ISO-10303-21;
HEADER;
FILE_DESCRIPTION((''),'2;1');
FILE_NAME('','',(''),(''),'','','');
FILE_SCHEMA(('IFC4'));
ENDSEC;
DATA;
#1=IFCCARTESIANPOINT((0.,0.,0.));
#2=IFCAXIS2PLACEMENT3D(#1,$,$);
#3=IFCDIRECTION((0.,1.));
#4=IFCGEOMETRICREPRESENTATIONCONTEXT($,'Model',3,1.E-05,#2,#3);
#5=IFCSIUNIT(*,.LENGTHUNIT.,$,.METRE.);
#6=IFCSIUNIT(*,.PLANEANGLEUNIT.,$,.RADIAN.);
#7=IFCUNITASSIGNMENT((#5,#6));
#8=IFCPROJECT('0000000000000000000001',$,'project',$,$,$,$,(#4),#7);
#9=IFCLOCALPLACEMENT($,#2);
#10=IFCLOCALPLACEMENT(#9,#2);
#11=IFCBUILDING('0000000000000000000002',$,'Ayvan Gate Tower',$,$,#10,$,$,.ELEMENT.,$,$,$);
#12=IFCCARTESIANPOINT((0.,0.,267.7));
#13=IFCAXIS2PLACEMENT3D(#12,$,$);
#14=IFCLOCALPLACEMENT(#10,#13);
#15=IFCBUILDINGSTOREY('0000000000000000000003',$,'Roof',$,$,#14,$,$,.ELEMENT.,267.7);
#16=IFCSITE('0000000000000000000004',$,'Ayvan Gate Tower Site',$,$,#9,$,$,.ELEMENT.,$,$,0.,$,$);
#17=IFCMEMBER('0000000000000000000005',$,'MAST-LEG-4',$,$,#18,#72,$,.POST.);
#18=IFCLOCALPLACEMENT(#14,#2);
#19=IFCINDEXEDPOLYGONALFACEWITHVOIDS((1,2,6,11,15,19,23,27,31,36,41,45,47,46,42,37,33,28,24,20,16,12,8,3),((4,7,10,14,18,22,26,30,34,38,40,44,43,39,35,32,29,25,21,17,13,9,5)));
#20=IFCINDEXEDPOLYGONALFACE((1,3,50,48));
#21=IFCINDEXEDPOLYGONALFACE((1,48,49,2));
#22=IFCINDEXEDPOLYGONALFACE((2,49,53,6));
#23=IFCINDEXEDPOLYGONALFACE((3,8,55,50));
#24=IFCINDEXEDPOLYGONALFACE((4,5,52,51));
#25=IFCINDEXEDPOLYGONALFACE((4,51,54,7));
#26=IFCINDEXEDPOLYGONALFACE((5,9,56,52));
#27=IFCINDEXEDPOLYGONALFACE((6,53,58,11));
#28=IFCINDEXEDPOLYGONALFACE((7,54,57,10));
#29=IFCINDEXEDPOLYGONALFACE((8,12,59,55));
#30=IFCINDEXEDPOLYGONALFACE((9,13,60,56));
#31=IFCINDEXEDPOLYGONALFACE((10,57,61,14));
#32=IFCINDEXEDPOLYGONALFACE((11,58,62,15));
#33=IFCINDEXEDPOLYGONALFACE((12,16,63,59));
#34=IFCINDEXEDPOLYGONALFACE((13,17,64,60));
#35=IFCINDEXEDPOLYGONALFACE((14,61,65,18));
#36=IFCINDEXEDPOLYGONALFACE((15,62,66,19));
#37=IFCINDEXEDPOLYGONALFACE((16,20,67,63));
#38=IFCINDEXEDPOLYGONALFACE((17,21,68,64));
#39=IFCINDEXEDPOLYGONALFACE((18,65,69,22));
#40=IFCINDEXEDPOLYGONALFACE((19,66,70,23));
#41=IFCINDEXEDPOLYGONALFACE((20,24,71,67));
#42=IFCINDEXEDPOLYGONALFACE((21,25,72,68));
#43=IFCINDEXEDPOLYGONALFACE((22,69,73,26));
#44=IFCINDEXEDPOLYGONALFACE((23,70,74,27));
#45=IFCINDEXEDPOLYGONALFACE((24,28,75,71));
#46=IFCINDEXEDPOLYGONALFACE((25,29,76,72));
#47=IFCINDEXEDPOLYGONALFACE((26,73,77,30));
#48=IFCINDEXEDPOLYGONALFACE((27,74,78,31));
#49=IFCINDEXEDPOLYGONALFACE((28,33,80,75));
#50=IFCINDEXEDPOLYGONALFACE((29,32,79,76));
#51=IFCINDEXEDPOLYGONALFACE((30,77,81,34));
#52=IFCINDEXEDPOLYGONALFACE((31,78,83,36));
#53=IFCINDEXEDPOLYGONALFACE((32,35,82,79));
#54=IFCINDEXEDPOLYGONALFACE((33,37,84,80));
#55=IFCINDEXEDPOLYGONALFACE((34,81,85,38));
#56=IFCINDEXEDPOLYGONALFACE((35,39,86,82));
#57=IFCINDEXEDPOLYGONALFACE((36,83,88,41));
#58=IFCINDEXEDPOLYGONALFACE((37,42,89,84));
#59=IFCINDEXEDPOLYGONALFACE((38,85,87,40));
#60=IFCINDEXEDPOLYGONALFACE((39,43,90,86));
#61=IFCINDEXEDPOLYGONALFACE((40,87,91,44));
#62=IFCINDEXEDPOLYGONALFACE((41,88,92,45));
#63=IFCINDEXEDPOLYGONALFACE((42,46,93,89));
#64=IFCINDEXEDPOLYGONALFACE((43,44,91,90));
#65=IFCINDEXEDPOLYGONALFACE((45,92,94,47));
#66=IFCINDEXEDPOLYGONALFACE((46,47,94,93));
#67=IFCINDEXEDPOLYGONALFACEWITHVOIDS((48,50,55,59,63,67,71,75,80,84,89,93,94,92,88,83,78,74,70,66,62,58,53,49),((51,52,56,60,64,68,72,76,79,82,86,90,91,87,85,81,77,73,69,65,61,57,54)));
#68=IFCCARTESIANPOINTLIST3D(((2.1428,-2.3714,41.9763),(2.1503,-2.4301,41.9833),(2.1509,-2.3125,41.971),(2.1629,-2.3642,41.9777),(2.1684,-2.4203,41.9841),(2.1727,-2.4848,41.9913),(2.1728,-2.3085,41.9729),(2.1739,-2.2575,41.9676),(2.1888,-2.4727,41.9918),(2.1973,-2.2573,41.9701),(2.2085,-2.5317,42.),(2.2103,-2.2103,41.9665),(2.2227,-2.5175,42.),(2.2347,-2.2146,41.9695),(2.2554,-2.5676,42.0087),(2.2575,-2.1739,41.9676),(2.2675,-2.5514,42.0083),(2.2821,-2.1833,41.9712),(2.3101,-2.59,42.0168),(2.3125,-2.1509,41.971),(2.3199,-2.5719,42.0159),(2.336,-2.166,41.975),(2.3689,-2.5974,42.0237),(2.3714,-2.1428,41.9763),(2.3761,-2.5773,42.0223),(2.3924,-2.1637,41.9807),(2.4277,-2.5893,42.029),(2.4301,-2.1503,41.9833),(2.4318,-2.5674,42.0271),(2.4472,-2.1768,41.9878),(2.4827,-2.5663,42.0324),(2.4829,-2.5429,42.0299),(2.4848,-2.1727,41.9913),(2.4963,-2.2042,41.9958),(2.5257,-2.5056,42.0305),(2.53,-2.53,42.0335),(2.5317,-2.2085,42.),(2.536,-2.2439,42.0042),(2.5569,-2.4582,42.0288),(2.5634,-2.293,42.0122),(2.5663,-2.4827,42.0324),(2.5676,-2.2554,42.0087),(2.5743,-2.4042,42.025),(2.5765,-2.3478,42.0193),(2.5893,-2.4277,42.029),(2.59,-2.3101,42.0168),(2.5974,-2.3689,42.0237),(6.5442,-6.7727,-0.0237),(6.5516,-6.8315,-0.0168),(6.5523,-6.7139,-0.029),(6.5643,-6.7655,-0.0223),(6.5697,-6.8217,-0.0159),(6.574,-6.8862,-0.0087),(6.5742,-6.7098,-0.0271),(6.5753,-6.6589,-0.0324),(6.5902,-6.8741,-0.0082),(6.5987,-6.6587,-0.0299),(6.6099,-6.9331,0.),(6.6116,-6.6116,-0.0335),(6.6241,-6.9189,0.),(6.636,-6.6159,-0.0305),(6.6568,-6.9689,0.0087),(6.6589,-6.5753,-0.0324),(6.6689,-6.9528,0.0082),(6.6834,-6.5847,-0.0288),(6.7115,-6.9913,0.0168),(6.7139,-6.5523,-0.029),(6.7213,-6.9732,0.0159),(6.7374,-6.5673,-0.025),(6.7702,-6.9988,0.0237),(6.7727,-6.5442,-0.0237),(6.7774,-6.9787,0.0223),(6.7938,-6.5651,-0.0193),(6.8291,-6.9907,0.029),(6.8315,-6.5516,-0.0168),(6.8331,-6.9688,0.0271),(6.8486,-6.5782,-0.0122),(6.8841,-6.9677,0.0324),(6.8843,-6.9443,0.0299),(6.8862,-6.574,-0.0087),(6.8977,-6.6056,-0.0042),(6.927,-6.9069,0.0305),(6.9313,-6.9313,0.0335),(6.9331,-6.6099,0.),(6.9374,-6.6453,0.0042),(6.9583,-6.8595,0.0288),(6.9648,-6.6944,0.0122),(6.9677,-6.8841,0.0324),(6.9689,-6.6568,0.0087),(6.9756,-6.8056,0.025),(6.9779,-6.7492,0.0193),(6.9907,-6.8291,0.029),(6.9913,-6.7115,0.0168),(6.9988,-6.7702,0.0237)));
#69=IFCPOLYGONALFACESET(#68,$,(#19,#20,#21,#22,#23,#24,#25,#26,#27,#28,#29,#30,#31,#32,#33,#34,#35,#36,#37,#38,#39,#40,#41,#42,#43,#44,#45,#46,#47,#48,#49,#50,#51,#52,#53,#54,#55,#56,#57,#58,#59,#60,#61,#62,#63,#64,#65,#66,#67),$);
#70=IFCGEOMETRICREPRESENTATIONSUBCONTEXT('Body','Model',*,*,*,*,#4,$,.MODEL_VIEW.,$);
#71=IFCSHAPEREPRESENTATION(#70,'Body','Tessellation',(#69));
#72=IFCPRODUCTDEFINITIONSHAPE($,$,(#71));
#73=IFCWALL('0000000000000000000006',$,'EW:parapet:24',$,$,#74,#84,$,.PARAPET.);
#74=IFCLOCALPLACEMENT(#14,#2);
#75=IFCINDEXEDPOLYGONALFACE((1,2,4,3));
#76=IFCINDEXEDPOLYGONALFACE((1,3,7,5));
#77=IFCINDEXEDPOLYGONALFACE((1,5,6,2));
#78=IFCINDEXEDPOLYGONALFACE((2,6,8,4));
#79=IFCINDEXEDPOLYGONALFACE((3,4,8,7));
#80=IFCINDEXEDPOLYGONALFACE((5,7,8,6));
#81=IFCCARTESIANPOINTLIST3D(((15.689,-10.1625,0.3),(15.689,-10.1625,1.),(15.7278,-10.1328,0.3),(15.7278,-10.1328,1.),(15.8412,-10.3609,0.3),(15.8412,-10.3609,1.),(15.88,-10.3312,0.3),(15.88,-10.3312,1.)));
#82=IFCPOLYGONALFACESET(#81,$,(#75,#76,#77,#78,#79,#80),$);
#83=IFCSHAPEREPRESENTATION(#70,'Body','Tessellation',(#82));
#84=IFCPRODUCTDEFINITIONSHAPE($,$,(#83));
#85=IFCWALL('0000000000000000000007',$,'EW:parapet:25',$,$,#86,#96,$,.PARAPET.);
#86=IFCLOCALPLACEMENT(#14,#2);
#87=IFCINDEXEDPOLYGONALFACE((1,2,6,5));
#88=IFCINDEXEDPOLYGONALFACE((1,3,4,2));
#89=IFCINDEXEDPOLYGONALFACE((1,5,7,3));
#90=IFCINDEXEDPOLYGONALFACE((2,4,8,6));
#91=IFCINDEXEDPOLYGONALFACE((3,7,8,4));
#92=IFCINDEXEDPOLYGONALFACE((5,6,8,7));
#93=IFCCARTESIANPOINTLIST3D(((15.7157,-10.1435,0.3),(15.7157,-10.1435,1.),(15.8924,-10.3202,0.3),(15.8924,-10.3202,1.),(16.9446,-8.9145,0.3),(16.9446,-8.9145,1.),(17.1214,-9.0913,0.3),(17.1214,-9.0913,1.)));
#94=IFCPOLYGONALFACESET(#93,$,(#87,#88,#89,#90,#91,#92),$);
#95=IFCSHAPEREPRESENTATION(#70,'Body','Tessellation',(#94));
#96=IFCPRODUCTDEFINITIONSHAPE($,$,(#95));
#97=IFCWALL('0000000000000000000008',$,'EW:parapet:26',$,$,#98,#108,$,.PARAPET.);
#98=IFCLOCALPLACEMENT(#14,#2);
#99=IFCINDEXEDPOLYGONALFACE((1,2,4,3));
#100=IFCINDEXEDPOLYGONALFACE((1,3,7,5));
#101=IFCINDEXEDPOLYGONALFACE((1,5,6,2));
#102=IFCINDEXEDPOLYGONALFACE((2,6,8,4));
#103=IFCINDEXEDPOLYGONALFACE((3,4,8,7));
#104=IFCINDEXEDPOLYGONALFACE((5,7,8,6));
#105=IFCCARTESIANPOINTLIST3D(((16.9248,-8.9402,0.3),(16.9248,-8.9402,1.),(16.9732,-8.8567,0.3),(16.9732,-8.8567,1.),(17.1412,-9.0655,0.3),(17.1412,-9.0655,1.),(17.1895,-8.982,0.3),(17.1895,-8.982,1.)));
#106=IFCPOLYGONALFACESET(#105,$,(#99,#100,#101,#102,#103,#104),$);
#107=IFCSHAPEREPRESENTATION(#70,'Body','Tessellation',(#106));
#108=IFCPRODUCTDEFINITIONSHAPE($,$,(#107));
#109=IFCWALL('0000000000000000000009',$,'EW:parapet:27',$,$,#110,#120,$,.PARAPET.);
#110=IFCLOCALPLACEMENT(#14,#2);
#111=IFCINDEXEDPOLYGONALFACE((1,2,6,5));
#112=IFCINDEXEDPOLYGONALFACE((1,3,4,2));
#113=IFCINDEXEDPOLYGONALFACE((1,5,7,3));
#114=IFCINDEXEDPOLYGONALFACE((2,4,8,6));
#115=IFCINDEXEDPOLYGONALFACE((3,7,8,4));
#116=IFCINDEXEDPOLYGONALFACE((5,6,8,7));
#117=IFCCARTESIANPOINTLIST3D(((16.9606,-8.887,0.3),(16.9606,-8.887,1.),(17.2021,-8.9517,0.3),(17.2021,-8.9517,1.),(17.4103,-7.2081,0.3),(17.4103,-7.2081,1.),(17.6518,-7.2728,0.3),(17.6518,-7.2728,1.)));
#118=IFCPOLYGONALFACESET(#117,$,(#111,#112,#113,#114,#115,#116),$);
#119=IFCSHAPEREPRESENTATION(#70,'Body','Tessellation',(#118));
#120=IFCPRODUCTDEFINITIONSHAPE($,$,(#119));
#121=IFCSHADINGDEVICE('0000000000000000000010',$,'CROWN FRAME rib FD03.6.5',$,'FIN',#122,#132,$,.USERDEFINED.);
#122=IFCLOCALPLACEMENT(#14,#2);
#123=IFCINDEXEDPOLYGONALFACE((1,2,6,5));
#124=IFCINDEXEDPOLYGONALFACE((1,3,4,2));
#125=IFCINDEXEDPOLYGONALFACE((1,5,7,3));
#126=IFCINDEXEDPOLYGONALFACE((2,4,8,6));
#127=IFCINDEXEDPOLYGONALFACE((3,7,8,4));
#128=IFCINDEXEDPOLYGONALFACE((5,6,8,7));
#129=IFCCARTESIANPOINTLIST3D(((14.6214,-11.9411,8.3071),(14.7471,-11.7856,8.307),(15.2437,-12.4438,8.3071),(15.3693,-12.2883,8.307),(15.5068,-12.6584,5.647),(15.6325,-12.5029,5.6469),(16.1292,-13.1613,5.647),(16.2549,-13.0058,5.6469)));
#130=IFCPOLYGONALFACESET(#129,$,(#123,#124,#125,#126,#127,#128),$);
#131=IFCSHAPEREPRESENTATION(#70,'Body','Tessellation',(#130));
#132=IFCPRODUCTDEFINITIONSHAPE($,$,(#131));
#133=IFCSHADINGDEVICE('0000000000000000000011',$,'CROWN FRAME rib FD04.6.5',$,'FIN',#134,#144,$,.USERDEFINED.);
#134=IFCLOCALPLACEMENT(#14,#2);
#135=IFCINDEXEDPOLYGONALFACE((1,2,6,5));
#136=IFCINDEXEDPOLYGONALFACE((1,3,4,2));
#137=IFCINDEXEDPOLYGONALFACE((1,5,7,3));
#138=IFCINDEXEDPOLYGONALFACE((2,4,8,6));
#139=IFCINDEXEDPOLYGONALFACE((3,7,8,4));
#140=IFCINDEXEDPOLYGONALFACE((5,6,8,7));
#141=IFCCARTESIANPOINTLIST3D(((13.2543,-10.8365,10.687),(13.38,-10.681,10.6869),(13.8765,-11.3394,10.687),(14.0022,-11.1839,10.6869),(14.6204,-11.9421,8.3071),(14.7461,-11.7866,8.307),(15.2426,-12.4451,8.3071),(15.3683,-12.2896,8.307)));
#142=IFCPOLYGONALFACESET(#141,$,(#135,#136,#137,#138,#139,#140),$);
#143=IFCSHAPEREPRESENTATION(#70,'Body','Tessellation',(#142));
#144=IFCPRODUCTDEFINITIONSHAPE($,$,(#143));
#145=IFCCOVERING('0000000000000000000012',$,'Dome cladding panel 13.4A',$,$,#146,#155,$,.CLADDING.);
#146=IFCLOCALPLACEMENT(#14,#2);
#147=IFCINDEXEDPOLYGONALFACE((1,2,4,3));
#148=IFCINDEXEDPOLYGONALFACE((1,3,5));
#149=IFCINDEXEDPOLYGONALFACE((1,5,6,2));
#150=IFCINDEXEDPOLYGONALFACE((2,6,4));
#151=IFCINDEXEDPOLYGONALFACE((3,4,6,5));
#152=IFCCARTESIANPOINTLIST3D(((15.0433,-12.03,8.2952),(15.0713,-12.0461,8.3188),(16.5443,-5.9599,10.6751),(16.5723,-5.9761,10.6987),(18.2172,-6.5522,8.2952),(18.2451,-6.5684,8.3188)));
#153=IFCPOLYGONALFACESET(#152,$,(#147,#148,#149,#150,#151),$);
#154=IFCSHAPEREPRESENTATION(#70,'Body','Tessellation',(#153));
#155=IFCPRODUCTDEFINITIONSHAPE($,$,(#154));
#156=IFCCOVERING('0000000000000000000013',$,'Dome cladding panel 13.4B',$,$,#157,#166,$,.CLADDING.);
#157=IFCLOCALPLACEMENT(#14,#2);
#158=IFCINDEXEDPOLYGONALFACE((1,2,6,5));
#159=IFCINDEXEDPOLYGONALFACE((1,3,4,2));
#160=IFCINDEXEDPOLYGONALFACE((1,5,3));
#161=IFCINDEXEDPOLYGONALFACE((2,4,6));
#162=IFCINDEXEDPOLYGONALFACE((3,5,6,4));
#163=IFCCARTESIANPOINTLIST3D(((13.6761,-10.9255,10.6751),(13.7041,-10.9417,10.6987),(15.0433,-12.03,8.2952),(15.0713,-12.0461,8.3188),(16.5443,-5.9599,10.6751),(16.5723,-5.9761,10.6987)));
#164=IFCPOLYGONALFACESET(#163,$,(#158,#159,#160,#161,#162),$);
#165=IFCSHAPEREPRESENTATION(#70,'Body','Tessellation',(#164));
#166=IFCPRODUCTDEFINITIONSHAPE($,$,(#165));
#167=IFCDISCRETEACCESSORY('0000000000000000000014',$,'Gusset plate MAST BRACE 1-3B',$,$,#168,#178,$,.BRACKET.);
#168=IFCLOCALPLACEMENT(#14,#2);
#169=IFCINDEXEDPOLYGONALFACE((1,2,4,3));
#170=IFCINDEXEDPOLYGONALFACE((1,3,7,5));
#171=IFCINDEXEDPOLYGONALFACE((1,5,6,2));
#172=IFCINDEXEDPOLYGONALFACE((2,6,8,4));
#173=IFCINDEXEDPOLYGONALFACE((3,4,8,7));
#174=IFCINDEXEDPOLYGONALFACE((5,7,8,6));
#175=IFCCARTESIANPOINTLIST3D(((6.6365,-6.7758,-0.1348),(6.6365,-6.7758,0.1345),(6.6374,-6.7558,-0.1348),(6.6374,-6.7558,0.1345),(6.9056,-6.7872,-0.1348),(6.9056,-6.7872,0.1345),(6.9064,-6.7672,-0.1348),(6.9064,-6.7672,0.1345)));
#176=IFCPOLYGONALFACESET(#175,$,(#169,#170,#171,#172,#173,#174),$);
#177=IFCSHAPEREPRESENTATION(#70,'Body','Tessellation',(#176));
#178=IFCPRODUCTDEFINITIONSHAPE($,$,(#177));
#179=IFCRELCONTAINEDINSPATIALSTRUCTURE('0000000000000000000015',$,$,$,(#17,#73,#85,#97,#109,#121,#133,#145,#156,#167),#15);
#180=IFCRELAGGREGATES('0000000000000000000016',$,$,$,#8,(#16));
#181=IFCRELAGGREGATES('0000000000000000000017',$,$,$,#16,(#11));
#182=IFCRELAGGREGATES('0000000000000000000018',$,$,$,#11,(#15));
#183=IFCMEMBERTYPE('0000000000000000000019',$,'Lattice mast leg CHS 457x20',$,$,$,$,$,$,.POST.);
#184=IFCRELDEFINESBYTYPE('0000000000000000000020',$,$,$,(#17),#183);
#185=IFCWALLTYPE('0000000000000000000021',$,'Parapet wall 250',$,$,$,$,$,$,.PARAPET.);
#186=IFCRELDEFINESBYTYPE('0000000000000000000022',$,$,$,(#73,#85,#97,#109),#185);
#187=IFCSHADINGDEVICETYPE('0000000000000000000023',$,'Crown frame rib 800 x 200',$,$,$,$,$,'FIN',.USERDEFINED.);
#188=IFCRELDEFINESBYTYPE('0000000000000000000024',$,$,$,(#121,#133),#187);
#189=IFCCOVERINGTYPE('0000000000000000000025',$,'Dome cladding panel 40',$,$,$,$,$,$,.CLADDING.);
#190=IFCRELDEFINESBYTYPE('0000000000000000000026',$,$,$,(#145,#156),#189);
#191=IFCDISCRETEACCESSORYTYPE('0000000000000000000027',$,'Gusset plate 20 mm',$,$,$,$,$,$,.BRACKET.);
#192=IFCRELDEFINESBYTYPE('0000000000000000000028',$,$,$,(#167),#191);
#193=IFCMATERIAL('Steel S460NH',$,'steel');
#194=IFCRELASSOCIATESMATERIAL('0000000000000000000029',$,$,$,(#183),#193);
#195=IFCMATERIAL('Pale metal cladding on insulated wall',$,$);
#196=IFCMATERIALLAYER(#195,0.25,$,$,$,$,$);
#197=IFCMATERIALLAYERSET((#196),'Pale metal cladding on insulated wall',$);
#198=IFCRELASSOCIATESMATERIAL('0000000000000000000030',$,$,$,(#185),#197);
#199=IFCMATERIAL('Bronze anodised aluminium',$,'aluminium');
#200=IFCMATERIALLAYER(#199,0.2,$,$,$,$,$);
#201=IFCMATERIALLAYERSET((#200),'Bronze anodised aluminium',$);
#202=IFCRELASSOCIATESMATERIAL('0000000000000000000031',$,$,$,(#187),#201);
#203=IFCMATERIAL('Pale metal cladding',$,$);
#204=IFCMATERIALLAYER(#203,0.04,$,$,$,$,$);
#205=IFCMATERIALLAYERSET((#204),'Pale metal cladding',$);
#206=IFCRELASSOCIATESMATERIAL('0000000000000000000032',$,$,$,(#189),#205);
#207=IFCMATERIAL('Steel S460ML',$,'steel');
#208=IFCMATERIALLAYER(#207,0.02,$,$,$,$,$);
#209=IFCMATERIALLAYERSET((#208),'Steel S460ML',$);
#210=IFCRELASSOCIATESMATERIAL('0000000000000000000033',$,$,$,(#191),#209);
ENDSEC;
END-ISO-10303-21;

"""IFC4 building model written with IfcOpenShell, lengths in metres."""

from ifc_helpers import new_model, si_unit, direction, frame, frame_2d, origin, origin_2d, place, context, subcontext, project, spatial, polyline, rectangle, hollow_circle, outline, extrude, material, layer, layer_set, material_profile, profile_set, type_object, element, save


model = new_model("IFC4")

# Units and contexts
model_context = context("Model", 3, precision=1e-05, world=origin(), true_north=direction((0.0, 1.0)))
body_context = subcontext(model_context, "Body", "Model", "MODEL_VIEW")
ifc_project = project(units=[si_unit("LENGTHUNIT", "METRE"), si_unit("PLANEANGLEUNIT", "RADIAN")], contexts=[model_context])

# Site, building, storey
site_placement = place(None, origin())
site = spatial("IfcSite", under=ifc_project, at=site_placement, Name="Ayvan Gate Tower Site", CompositionType="ELEMENT", RefElevation=0.0)
building_placement = place(site_placement, origin())
building = spatial("IfcBuilding", under=site, at=building_placement, Name="Ayvan Gate Tower", CompositionType="ELEMENT")
storey_placement = place(building_placement, frame((0.0, 0.0, 267.7)))
storey = spatial("IfcBuildingStorey", under=building, at=storey_placement, Name="Roof", CompositionType="ELEMENT", Elevation=267.7)

# Member
ifc_material_1 = material(Name="Steel S460NH", Category="steel")
ifc_material_profile_1 = material_profile(ifc_material_1, hollow_circle(Radius=0.2285, WallThickness=0.02, at=origin_2d()), Name="CHS 457x20")
ifc_profile_set_1 = profile_set([ifc_material_profile_1], Name="Steel S460NH")
member_type_1 = type_object("IfcMemberType", Name="Lattice mast leg CHS 457x20", PredefinedType="POST", material=ifc_profile_set_1)
member_1_placement = place(storey_placement, frame((6.7715, -6.7715, 0.0), z_axis=(-0.103662, 0.103662, 0.989196), x_axis=(-0.707107, -0.707107, 0.0)))
element("IfcMember", 1, at=member_1_placement, inside=storey, type_object=member_type_1, Name="MAST-LEG-4", PredefinedType="POST", context=body_context, shape_type="SweptSolid", body=[
    extrude(hollow_circle(Radius=0.2285, WallThickness=0.02, at=origin_2d()), origin(), (0.0, 0.0, 1.0), 42.4587),
])

# Walls
ifc_material_2 = material(Name="Pale metal cladding on insulated wall")
ifc_layer_1 = layer(ifc_material_2, 0.25)
ifc_layer_set_1 = layer_set([ifc_layer_1], Name="Pale metal cladding on insulated wall")
wall_type = type_object("IfcWallType", Name="Parapet wall 250", PredefinedType="PARAPET", material=ifc_layer_set_1)
wall_1_placement = place(storey_placement, frame((15.7651, -10.2617, 0.3), z_axis=(0.0, 0.0, 1.0), x_axis=(0.793365, 0.608746, 0.0)))
element("IfcWall", 2, at=wall_1_placement, inside=storey, type_object=wall_type, Name="EW:parapet:24", PredefinedType="PARAPET", context=body_context, shape_type="SweptSolid", body=[
    extrude(rectangle(XDim=0.0488, YDim=0.25, at=frame_2d((0.0244, 0.0))), origin(), (0.0, 0.0, 1.0), 0.7),
])
wall_2_placement = place(storey_placement, frame((15.804, -10.2319, 0.3), z_axis=(0.0, 0.0, 1.0), x_axis=(0.707107, 0.707107, 0.0)))
element("IfcWall", 3, at=wall_2_placement, inside=storey, type_object=wall_type, Name="EW:parapet:25", PredefinedType="PARAPET", context=body_context, shape_type="SweptSolid", body=[
    extrude(rectangle(XDim=1.738, YDim=0.25, at=frame_2d((0.8691, 0.0))), origin(), (0.0, 0.0, 1.0), 0.7),
])
wall_3_placement = place(storey_placement, frame((17.033, -9.0029, 0.3), z_axis=(0.0, 0.0, 1.0), x_axis=(0.501036, 0.865426, 0.0)))
element("IfcWall", 4, at=wall_3_placement, inside=storey, type_object=wall_type, Name="EW:parapet:26", PredefinedType="PARAPET", context=body_context, shape_type="SweptSolid", body=[
    extrude(rectangle(XDim=0.0964, YDim=0.25, at=frame_2d((0.0483, 0.0))), origin(), (0.0, 0.0, 1.0), 0.7),
])
wall_4_placement = place(storey_placement, frame((17.0813, -8.9194, 0.3), z_axis=(0.0, 0.0, 1.0), x_axis=(0.258729, 0.96595, 0.0)))
element("IfcWall", 5, at=wall_4_placement, inside=storey, type_object=wall_type, Name="EW:parapet:27", PredefinedType="PARAPET", context=body_context, shape_type="SweptSolid", body=[
    extrude(rectangle(XDim=1.738, YDim=0.25, at=frame_2d((0.8691, 0.0))), origin(), (0.0, 0.0, 1.0), 0.7),
])

# Shading devices
ifc_material_3 = material(Name="Bronze anodised aluminium", Category="aluminium")
ifc_layer_2 = layer(ifc_material_3, 0.2)
ifc_layer_set_2 = layer_set([ifc_layer_2], Name="Bronze anodised aluminium")
shading_device_type = type_object("IfcShadingDeviceType", Name="Crown frame rib 800 x 200", ElementType="FIN", PredefinedType="USERDEFINED", material=ifc_layer_set_2)
shading_device_1_placement = place(storey_placement, frame((15.5068, -12.6584, 5.647), z_axis=(-0.628465, -0.777838, 0.000572), x_axis=(0.777838, -0.628465, 0.0)))
element("IfcShadingDevice", 6, at=shading_device_1_placement, inside=storey, type_object=shading_device_type, Name="CROWN FRAME rib FD03.6.5", ObjectType="FIN", PredefinedType="USERDEFINED", context=body_context, shape_type="SweptSolid", body=[
    extrude(outline(polyline([(0.0, 0.0), (0.8001, 0.0), (-0.3396, 2.6602), (-1.1396, 2.6602), (0.0, 0.0)])), origin(), (0.0, 0.0, -1.0), 0.2),
])
shading_device_2_placement = place(storey_placement, frame((14.6204, -11.9421, 8.3071), z_axis=(-0.628632, -0.777703, 0.000483), x_axis=(0.777703, -0.628632, 0.0)))
element("IfcShadingDevice", 7, at=shading_device_2_placement, inside=storey, type_object=shading_device_type, Name="CROWN FRAME rib FD04.6.5", ObjectType="FIN", PredefinedType="USERDEFINED", context=body_context, shape_type="SweptSolid", body=[
    extrude(outline(polyline([(0.0, 0.0), (0.8001, 0.0), (-0.9575, 2.3799), (-1.7574, 2.3799), (0.0, 0.0)])), origin(), (0.0, 0.0, -1.0), 0.2),
])

# Coverings
ifc_material_4 = material(Name="Pale metal cladding")
ifc_layer_3 = layer(ifc_material_4, 0.04)
ifc_layer_set_3 = layer_set([ifc_layer_3], Name="Pale metal cladding")
covering_type = type_object("IfcCoveringType", Name="Dome cladding panel 40", PredefinedType="CLADDING", material=ifc_layer_set_3)
covering_1_placement = place(storey_placement, frame((15.0713, -12.0461, 8.3188), z_axis=(0.697869, -0.404345, 0.591172), x_axis=(0.50133, 0.865256, 0.0)))
element("IfcCovering", 8, at=covering_1_placement, inside=storey, type_object=covering_type, Name="Dome cladding panel 13.4A", PredefinedType="CLADDING", context=body_context, shape_type="SweptSolid", body=[
    extrude(outline(polyline([(0.0, 0.0), (6.3308, 0.0), (6.0046, 2.9507), (0.0, 0.0)])), origin(), (0.0, 0.0, -1.0), 0.04),
])
covering_2_placement = place(storey_placement, frame((15.0713, -12.0461, 8.3188), z_axis=(0.699538, -0.40406, 0.589391), x_axis=(0.224345, 0.90727, 0.355712)))
element("IfcCovering", 9, at=covering_2_placement, inside=storey, type_object=covering_type, Name="Dome cladding panel 13.4B", PredefinedType="CLADDING", context=body_context, shape_type="SweptSolid", body=[
    extrude(outline(polyline([(0.0, 0.0), (6.6905, 0.0), (1.5419, 2.525), (0.0, 0.0)])), origin(), (0.0, 0.0, -1.0), 0.04),
])

# Discrete accessory
ifc_material_5 = material(Name="Steel S460ML", Category="steel")
ifc_layer_4 = layer(ifc_material_5, 0.02)
ifc_layer_set_4 = layer_set([ifc_layer_4], Name="Steel S460ML")
discrete_accessory_type = type_object("IfcDiscreteAccessoryType", Name="Gusset plate 20 mm", PredefinedType="BRACKET", material=ifc_layer_set_4)
discrete_accessory_1_placement = place(storey_placement, frame((6.7715, -6.7715, -0.1348), z_axis=(0.0, 0.0, 1.0), x_axis=(-0.999105, 0.042308, 0.0)))
element("IfcDiscreteAccessory", 10, at=discrete_accessory_1_placement, inside=storey, type_object=discrete_accessory_type, Name="Gusset plate MAST BRACE 1-3B", PredefinedType="BRACKET", context=body_context, shape_type="SweptSolid", body=[
    extrude(rectangle(XDim=0.2693, YDim=0.02, at=origin_2d()), origin(), (0.0, 0.0, 1.0), 0.2693),
])

save(model, "model.ifc")
